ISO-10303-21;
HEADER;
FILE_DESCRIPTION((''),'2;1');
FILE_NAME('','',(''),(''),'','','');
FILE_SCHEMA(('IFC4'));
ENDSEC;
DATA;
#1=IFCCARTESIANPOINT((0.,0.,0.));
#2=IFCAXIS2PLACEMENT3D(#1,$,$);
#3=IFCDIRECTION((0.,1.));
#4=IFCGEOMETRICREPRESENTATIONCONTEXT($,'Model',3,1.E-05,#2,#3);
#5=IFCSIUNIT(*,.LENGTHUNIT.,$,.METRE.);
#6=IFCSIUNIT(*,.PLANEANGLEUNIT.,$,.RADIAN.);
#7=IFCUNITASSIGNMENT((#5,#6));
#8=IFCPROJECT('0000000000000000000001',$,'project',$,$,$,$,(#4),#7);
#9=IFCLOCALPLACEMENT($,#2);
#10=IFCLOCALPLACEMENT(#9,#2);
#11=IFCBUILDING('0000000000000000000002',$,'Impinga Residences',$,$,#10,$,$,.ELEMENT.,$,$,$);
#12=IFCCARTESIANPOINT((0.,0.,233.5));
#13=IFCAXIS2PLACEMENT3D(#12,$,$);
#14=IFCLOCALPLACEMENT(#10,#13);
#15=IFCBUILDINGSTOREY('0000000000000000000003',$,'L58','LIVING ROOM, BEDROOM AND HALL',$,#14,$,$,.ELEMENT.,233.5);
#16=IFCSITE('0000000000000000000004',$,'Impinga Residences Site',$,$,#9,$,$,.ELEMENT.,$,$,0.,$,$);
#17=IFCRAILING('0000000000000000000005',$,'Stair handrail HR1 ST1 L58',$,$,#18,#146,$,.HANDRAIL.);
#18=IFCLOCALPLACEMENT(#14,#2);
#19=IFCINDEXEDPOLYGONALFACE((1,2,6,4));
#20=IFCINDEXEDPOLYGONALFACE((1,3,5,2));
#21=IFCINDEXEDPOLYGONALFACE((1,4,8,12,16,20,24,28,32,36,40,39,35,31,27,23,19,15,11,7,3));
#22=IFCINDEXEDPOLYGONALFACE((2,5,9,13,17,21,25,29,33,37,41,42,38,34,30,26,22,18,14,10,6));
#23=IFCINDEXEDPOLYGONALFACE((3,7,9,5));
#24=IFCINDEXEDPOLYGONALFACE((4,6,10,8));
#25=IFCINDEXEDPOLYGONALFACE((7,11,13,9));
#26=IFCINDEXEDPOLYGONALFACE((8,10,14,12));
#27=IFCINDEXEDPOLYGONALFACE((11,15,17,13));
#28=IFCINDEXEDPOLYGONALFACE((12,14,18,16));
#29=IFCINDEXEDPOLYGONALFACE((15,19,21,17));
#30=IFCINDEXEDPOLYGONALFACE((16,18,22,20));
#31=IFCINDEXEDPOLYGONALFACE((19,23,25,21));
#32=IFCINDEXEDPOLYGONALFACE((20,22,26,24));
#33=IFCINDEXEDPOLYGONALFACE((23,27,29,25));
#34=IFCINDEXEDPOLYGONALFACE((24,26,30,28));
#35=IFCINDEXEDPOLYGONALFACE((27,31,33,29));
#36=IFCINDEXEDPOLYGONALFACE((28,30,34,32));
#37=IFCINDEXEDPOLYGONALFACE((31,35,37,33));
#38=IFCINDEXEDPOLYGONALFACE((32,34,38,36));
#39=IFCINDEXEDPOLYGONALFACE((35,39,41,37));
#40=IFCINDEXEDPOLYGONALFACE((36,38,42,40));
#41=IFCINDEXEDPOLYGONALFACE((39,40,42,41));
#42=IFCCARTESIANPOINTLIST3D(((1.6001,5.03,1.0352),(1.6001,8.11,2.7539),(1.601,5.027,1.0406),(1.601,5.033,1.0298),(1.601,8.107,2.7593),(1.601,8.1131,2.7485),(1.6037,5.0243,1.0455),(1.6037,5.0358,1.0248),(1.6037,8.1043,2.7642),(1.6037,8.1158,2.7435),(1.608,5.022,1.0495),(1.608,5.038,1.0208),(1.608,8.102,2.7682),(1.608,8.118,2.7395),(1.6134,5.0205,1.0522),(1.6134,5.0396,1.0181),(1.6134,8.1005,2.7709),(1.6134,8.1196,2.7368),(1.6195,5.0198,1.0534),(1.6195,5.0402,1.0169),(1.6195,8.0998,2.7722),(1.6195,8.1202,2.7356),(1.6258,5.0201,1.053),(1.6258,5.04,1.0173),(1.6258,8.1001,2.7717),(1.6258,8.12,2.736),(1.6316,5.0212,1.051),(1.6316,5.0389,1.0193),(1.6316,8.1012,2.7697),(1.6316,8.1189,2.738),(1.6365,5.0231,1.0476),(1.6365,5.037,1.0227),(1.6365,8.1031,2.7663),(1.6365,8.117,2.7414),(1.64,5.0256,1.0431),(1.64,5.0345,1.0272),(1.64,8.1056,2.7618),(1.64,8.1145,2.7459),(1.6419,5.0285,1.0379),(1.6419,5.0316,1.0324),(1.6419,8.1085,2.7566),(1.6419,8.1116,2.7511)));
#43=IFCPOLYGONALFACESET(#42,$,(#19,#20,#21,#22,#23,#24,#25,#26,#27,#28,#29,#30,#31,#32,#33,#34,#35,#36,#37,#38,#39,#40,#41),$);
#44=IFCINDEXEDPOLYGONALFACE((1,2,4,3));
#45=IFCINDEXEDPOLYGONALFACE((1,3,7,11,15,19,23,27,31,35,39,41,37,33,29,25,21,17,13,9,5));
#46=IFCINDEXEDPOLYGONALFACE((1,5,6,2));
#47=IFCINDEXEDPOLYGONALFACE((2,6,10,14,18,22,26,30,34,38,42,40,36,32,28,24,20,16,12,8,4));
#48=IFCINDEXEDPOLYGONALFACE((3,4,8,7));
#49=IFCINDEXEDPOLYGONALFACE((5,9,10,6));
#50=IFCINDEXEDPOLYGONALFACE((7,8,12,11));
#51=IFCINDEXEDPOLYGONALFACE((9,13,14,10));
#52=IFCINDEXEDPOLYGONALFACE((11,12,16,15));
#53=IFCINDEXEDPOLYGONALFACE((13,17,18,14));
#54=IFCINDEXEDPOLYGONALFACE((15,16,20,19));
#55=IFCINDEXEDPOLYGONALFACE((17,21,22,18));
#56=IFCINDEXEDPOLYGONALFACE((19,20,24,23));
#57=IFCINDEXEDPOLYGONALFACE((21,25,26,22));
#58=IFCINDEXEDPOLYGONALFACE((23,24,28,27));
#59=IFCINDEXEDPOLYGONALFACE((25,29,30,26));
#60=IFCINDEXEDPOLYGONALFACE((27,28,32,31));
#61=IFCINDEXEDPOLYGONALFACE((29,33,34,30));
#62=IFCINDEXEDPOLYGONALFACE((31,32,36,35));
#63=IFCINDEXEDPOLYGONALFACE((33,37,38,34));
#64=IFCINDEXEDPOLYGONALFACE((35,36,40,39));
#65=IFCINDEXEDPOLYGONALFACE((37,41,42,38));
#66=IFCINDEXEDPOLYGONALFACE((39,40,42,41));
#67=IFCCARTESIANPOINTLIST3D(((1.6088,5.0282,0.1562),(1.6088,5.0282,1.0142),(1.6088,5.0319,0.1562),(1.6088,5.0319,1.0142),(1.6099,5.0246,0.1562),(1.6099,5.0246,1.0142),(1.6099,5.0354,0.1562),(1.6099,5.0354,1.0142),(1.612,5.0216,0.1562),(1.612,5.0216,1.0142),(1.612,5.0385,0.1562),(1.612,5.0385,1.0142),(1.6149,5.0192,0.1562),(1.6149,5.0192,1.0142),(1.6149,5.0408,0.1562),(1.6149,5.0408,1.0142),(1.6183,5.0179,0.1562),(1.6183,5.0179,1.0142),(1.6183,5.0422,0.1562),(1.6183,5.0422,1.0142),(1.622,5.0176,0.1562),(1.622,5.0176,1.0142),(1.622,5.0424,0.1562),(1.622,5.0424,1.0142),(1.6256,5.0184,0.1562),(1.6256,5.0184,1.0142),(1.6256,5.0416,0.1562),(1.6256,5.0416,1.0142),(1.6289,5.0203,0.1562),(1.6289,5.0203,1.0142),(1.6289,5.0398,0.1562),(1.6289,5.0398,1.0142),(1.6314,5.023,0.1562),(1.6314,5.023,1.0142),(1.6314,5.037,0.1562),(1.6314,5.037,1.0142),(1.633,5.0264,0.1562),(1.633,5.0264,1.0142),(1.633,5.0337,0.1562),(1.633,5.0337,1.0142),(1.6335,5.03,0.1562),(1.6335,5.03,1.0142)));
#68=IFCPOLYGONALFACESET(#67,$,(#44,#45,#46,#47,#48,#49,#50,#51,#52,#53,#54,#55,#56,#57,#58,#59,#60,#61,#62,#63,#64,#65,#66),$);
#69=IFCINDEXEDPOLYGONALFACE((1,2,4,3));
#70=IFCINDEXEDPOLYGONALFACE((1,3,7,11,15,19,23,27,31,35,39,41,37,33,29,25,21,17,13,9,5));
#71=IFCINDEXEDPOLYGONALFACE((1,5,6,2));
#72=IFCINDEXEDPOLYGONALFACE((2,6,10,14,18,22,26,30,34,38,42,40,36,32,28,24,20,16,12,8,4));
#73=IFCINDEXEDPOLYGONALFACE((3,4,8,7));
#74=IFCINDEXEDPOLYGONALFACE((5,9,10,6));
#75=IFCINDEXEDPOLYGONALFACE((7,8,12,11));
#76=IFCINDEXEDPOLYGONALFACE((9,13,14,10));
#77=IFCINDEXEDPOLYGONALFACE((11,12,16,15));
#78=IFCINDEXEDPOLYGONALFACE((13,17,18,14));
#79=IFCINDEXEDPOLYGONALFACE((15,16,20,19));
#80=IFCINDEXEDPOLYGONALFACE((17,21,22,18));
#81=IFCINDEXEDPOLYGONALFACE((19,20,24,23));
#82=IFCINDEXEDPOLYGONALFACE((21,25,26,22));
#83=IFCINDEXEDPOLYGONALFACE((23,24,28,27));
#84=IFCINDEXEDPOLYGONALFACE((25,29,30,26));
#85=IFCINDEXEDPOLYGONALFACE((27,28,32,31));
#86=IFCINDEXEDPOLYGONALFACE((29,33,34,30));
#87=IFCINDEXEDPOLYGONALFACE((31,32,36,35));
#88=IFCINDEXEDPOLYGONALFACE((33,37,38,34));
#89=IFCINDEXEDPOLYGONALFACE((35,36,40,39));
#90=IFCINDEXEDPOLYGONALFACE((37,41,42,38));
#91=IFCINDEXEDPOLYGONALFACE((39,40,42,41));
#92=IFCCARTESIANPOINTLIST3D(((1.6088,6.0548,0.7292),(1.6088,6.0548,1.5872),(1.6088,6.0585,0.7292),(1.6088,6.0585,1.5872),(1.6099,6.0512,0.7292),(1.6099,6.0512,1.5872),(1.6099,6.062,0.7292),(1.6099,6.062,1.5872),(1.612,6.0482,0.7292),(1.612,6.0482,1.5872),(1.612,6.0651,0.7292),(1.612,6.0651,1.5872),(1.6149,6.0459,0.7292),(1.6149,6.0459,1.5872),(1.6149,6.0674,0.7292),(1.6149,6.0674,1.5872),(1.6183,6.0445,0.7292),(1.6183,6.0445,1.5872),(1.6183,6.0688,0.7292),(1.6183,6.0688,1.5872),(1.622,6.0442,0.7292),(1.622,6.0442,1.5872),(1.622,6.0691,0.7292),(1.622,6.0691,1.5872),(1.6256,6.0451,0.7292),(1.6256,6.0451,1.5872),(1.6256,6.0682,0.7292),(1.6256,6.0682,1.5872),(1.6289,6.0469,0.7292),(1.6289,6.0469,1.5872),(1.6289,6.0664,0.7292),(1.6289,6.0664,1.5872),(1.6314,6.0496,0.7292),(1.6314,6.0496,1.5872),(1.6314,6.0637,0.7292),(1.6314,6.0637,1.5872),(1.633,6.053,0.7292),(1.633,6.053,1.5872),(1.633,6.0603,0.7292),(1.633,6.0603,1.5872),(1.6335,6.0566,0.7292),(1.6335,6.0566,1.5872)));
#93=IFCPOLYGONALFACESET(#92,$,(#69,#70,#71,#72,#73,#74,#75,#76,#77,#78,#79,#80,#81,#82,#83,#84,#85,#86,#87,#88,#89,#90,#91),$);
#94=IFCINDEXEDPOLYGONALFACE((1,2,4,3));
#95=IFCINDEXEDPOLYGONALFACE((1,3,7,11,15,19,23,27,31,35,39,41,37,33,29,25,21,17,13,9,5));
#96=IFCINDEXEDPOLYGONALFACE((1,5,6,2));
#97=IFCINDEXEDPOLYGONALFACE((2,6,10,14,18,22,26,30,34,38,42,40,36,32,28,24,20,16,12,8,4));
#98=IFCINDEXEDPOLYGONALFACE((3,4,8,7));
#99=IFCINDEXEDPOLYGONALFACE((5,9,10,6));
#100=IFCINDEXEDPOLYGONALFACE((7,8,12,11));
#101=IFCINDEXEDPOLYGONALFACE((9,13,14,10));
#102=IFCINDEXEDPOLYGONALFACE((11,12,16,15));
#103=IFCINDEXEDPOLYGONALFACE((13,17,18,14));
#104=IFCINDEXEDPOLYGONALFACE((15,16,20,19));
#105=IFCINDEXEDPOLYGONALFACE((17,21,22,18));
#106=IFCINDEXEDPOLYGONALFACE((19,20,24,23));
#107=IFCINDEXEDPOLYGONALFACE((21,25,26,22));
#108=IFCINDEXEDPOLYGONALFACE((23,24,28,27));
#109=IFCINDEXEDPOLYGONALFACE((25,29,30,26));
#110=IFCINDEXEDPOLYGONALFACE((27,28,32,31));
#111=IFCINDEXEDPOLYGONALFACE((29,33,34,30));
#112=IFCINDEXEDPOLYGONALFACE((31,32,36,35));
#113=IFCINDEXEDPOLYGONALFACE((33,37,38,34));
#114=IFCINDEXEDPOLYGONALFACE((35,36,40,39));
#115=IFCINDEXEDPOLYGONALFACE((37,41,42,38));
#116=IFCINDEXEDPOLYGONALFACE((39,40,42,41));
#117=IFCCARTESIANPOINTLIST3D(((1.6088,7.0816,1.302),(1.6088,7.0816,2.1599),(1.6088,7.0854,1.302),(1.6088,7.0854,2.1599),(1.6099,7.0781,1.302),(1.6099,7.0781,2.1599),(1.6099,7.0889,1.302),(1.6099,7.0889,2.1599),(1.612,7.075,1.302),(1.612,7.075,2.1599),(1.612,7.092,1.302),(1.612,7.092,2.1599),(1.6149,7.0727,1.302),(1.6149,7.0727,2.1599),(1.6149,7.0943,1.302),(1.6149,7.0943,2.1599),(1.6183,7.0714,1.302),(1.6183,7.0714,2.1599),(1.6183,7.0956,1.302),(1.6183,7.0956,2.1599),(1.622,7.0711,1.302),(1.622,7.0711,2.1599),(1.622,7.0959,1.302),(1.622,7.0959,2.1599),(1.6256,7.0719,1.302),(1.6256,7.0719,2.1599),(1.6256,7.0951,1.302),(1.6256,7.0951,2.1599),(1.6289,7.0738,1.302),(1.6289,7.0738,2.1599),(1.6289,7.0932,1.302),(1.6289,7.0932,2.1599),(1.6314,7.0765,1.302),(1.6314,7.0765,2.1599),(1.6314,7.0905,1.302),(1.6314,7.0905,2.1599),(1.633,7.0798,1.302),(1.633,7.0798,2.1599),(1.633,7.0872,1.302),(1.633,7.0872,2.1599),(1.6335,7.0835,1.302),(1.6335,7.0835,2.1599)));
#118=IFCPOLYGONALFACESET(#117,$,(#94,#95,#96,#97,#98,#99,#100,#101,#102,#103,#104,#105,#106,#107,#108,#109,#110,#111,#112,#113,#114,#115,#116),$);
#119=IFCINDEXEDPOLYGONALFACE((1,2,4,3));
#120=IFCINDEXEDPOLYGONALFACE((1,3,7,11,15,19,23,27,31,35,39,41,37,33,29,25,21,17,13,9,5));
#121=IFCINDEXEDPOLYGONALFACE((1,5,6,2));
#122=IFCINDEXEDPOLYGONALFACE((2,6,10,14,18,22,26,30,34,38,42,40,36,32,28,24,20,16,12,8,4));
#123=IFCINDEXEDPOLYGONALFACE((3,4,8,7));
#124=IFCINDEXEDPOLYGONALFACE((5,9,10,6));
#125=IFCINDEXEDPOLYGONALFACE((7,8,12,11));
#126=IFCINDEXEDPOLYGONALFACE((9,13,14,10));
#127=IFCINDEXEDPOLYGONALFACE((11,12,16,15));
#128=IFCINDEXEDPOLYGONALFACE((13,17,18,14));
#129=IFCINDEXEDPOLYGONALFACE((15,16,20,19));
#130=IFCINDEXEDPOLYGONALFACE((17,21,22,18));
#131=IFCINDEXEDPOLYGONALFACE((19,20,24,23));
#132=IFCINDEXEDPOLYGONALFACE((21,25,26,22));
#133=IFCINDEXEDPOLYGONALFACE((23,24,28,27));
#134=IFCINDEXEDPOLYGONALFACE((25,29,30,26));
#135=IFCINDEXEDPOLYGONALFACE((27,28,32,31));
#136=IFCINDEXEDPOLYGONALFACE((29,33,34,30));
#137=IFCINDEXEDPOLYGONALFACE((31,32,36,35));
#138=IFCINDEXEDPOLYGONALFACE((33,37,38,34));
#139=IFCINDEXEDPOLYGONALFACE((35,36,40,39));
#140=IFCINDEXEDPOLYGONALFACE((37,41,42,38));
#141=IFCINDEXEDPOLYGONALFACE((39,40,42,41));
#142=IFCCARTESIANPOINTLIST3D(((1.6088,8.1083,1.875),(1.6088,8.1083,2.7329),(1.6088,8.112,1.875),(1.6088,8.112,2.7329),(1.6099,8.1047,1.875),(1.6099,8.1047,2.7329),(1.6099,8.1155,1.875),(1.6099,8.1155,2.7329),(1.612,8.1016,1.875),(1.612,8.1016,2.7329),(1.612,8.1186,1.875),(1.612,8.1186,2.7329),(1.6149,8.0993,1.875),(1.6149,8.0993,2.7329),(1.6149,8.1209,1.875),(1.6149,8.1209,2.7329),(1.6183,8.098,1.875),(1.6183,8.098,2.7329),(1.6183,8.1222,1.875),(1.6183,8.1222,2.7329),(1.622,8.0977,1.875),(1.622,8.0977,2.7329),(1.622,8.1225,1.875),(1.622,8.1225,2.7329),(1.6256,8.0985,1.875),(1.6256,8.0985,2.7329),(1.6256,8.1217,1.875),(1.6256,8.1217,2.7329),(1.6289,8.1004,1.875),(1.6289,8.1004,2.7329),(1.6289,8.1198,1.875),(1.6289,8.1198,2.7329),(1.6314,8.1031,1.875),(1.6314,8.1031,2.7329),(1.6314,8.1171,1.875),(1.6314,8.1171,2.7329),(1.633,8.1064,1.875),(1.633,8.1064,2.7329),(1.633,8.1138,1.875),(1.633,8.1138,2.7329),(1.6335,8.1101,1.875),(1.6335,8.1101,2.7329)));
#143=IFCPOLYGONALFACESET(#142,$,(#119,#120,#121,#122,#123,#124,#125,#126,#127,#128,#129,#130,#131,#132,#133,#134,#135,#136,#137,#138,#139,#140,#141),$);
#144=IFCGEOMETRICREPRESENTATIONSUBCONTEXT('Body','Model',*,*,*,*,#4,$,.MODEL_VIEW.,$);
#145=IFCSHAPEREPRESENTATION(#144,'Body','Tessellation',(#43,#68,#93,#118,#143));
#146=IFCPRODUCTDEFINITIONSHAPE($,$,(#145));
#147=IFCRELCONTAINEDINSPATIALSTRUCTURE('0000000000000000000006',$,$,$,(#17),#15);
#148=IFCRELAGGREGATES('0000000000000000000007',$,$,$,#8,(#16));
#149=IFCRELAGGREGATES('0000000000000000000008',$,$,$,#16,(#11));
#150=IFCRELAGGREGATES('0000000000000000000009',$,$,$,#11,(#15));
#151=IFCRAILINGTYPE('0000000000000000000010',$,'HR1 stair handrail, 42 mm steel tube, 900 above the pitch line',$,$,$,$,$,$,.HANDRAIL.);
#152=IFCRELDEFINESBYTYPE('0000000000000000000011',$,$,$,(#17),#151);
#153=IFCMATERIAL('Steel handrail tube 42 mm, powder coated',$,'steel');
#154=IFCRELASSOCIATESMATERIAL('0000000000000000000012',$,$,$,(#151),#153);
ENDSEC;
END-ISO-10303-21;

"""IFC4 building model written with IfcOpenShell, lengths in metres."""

from ifc_helpers import new_model, si_unit, direction, frame, origin, origin_2d, place, context, subcontext, project, spatial, circle, extrude, material, type_object, element, save


model = new_model("IFC4")

# Units and contexts
model_context = context("Model", 3, precision=1e-05, world=origin(), true_north=direction((0.0, 1.0)))
body_context = subcontext(model_context, "Body", "Model", "MODEL_VIEW")
ifc_project = project(units=[si_unit("LENGTHUNIT", "METRE"), si_unit("PLANEANGLEUNIT", "RADIAN")], contexts=[model_context])

# Site, building, storey
site_placement = place(None, origin())
site = spatial("IfcSite", under=ifc_project, at=site_placement, Name="Impinga Residences Site", CompositionType="ELEMENT", RefElevation=0.0)
building_placement = place(site_placement, origin())
building = spatial("IfcBuilding", under=site, at=building_placement, Name="Impinga Residences", CompositionType="ELEMENT")
storey_placement = place(building_placement, frame((0.0, 0.0, 233.5)))
storey = spatial("IfcBuildingStorey", under=building, at=storey_placement, Name="L58", Description="LIVING ROOM, BEDROOM AND HALL", CompositionType="ELEMENT", Elevation=233.5)

# Railing
ifc_material_1 = material(Name="Steel handrail tube 42 mm, powder coated", Category="steel")
railing_type_1 = type_object("IfcRailingType", Name="HR1 stair handrail, 42 mm steel tube, 900 above the pitch line", PredefinedType="HANDRAIL", material=ifc_material_1)
railing_1_placement = place(storey_placement, frame((1.6211, 5.03, 0.1562)))
element("IfcRailing", 1, at=railing_1_placement, inside=storey, type_object=railing_type_1, Name="Stair handrail HR1 ST1 L58", PredefinedType="HANDRAIL", context=body_context, shape_type="SweptSolid", body=[
    extrude(circle(Radius=0.021, at=origin_2d()), frame((0.0, 0.0, 0.8789), z_axis=(0.0, 0.873242, 0.487288), x_axis=(-1.0, 0.0, 0.0)), (0.0, 0.0, 1.0), 3.5271),
    extrude(circle(Radius=0.0125, at=origin_2d()), origin(), (0.0, 0.0, 1.0), 0.8579),
    extrude(circle(Radius=0.0125, at=origin_2d()), frame((0.0, 1.0266, 0.573)), (0.0, 0.0, 1.0), 0.8579),
    extrude(circle(Radius=0.0125, at=origin_2d()), frame((0.0, 2.0535, 1.1458)), (0.0, 0.0, 1.0), 0.8579),
    extrude(circle(Radius=0.0125, at=origin_2d()), frame((0.0, 3.0801, 1.7188)), (0.0, 0.0, 1.0), 0.8579),
])

save(model, "model.ifc")
